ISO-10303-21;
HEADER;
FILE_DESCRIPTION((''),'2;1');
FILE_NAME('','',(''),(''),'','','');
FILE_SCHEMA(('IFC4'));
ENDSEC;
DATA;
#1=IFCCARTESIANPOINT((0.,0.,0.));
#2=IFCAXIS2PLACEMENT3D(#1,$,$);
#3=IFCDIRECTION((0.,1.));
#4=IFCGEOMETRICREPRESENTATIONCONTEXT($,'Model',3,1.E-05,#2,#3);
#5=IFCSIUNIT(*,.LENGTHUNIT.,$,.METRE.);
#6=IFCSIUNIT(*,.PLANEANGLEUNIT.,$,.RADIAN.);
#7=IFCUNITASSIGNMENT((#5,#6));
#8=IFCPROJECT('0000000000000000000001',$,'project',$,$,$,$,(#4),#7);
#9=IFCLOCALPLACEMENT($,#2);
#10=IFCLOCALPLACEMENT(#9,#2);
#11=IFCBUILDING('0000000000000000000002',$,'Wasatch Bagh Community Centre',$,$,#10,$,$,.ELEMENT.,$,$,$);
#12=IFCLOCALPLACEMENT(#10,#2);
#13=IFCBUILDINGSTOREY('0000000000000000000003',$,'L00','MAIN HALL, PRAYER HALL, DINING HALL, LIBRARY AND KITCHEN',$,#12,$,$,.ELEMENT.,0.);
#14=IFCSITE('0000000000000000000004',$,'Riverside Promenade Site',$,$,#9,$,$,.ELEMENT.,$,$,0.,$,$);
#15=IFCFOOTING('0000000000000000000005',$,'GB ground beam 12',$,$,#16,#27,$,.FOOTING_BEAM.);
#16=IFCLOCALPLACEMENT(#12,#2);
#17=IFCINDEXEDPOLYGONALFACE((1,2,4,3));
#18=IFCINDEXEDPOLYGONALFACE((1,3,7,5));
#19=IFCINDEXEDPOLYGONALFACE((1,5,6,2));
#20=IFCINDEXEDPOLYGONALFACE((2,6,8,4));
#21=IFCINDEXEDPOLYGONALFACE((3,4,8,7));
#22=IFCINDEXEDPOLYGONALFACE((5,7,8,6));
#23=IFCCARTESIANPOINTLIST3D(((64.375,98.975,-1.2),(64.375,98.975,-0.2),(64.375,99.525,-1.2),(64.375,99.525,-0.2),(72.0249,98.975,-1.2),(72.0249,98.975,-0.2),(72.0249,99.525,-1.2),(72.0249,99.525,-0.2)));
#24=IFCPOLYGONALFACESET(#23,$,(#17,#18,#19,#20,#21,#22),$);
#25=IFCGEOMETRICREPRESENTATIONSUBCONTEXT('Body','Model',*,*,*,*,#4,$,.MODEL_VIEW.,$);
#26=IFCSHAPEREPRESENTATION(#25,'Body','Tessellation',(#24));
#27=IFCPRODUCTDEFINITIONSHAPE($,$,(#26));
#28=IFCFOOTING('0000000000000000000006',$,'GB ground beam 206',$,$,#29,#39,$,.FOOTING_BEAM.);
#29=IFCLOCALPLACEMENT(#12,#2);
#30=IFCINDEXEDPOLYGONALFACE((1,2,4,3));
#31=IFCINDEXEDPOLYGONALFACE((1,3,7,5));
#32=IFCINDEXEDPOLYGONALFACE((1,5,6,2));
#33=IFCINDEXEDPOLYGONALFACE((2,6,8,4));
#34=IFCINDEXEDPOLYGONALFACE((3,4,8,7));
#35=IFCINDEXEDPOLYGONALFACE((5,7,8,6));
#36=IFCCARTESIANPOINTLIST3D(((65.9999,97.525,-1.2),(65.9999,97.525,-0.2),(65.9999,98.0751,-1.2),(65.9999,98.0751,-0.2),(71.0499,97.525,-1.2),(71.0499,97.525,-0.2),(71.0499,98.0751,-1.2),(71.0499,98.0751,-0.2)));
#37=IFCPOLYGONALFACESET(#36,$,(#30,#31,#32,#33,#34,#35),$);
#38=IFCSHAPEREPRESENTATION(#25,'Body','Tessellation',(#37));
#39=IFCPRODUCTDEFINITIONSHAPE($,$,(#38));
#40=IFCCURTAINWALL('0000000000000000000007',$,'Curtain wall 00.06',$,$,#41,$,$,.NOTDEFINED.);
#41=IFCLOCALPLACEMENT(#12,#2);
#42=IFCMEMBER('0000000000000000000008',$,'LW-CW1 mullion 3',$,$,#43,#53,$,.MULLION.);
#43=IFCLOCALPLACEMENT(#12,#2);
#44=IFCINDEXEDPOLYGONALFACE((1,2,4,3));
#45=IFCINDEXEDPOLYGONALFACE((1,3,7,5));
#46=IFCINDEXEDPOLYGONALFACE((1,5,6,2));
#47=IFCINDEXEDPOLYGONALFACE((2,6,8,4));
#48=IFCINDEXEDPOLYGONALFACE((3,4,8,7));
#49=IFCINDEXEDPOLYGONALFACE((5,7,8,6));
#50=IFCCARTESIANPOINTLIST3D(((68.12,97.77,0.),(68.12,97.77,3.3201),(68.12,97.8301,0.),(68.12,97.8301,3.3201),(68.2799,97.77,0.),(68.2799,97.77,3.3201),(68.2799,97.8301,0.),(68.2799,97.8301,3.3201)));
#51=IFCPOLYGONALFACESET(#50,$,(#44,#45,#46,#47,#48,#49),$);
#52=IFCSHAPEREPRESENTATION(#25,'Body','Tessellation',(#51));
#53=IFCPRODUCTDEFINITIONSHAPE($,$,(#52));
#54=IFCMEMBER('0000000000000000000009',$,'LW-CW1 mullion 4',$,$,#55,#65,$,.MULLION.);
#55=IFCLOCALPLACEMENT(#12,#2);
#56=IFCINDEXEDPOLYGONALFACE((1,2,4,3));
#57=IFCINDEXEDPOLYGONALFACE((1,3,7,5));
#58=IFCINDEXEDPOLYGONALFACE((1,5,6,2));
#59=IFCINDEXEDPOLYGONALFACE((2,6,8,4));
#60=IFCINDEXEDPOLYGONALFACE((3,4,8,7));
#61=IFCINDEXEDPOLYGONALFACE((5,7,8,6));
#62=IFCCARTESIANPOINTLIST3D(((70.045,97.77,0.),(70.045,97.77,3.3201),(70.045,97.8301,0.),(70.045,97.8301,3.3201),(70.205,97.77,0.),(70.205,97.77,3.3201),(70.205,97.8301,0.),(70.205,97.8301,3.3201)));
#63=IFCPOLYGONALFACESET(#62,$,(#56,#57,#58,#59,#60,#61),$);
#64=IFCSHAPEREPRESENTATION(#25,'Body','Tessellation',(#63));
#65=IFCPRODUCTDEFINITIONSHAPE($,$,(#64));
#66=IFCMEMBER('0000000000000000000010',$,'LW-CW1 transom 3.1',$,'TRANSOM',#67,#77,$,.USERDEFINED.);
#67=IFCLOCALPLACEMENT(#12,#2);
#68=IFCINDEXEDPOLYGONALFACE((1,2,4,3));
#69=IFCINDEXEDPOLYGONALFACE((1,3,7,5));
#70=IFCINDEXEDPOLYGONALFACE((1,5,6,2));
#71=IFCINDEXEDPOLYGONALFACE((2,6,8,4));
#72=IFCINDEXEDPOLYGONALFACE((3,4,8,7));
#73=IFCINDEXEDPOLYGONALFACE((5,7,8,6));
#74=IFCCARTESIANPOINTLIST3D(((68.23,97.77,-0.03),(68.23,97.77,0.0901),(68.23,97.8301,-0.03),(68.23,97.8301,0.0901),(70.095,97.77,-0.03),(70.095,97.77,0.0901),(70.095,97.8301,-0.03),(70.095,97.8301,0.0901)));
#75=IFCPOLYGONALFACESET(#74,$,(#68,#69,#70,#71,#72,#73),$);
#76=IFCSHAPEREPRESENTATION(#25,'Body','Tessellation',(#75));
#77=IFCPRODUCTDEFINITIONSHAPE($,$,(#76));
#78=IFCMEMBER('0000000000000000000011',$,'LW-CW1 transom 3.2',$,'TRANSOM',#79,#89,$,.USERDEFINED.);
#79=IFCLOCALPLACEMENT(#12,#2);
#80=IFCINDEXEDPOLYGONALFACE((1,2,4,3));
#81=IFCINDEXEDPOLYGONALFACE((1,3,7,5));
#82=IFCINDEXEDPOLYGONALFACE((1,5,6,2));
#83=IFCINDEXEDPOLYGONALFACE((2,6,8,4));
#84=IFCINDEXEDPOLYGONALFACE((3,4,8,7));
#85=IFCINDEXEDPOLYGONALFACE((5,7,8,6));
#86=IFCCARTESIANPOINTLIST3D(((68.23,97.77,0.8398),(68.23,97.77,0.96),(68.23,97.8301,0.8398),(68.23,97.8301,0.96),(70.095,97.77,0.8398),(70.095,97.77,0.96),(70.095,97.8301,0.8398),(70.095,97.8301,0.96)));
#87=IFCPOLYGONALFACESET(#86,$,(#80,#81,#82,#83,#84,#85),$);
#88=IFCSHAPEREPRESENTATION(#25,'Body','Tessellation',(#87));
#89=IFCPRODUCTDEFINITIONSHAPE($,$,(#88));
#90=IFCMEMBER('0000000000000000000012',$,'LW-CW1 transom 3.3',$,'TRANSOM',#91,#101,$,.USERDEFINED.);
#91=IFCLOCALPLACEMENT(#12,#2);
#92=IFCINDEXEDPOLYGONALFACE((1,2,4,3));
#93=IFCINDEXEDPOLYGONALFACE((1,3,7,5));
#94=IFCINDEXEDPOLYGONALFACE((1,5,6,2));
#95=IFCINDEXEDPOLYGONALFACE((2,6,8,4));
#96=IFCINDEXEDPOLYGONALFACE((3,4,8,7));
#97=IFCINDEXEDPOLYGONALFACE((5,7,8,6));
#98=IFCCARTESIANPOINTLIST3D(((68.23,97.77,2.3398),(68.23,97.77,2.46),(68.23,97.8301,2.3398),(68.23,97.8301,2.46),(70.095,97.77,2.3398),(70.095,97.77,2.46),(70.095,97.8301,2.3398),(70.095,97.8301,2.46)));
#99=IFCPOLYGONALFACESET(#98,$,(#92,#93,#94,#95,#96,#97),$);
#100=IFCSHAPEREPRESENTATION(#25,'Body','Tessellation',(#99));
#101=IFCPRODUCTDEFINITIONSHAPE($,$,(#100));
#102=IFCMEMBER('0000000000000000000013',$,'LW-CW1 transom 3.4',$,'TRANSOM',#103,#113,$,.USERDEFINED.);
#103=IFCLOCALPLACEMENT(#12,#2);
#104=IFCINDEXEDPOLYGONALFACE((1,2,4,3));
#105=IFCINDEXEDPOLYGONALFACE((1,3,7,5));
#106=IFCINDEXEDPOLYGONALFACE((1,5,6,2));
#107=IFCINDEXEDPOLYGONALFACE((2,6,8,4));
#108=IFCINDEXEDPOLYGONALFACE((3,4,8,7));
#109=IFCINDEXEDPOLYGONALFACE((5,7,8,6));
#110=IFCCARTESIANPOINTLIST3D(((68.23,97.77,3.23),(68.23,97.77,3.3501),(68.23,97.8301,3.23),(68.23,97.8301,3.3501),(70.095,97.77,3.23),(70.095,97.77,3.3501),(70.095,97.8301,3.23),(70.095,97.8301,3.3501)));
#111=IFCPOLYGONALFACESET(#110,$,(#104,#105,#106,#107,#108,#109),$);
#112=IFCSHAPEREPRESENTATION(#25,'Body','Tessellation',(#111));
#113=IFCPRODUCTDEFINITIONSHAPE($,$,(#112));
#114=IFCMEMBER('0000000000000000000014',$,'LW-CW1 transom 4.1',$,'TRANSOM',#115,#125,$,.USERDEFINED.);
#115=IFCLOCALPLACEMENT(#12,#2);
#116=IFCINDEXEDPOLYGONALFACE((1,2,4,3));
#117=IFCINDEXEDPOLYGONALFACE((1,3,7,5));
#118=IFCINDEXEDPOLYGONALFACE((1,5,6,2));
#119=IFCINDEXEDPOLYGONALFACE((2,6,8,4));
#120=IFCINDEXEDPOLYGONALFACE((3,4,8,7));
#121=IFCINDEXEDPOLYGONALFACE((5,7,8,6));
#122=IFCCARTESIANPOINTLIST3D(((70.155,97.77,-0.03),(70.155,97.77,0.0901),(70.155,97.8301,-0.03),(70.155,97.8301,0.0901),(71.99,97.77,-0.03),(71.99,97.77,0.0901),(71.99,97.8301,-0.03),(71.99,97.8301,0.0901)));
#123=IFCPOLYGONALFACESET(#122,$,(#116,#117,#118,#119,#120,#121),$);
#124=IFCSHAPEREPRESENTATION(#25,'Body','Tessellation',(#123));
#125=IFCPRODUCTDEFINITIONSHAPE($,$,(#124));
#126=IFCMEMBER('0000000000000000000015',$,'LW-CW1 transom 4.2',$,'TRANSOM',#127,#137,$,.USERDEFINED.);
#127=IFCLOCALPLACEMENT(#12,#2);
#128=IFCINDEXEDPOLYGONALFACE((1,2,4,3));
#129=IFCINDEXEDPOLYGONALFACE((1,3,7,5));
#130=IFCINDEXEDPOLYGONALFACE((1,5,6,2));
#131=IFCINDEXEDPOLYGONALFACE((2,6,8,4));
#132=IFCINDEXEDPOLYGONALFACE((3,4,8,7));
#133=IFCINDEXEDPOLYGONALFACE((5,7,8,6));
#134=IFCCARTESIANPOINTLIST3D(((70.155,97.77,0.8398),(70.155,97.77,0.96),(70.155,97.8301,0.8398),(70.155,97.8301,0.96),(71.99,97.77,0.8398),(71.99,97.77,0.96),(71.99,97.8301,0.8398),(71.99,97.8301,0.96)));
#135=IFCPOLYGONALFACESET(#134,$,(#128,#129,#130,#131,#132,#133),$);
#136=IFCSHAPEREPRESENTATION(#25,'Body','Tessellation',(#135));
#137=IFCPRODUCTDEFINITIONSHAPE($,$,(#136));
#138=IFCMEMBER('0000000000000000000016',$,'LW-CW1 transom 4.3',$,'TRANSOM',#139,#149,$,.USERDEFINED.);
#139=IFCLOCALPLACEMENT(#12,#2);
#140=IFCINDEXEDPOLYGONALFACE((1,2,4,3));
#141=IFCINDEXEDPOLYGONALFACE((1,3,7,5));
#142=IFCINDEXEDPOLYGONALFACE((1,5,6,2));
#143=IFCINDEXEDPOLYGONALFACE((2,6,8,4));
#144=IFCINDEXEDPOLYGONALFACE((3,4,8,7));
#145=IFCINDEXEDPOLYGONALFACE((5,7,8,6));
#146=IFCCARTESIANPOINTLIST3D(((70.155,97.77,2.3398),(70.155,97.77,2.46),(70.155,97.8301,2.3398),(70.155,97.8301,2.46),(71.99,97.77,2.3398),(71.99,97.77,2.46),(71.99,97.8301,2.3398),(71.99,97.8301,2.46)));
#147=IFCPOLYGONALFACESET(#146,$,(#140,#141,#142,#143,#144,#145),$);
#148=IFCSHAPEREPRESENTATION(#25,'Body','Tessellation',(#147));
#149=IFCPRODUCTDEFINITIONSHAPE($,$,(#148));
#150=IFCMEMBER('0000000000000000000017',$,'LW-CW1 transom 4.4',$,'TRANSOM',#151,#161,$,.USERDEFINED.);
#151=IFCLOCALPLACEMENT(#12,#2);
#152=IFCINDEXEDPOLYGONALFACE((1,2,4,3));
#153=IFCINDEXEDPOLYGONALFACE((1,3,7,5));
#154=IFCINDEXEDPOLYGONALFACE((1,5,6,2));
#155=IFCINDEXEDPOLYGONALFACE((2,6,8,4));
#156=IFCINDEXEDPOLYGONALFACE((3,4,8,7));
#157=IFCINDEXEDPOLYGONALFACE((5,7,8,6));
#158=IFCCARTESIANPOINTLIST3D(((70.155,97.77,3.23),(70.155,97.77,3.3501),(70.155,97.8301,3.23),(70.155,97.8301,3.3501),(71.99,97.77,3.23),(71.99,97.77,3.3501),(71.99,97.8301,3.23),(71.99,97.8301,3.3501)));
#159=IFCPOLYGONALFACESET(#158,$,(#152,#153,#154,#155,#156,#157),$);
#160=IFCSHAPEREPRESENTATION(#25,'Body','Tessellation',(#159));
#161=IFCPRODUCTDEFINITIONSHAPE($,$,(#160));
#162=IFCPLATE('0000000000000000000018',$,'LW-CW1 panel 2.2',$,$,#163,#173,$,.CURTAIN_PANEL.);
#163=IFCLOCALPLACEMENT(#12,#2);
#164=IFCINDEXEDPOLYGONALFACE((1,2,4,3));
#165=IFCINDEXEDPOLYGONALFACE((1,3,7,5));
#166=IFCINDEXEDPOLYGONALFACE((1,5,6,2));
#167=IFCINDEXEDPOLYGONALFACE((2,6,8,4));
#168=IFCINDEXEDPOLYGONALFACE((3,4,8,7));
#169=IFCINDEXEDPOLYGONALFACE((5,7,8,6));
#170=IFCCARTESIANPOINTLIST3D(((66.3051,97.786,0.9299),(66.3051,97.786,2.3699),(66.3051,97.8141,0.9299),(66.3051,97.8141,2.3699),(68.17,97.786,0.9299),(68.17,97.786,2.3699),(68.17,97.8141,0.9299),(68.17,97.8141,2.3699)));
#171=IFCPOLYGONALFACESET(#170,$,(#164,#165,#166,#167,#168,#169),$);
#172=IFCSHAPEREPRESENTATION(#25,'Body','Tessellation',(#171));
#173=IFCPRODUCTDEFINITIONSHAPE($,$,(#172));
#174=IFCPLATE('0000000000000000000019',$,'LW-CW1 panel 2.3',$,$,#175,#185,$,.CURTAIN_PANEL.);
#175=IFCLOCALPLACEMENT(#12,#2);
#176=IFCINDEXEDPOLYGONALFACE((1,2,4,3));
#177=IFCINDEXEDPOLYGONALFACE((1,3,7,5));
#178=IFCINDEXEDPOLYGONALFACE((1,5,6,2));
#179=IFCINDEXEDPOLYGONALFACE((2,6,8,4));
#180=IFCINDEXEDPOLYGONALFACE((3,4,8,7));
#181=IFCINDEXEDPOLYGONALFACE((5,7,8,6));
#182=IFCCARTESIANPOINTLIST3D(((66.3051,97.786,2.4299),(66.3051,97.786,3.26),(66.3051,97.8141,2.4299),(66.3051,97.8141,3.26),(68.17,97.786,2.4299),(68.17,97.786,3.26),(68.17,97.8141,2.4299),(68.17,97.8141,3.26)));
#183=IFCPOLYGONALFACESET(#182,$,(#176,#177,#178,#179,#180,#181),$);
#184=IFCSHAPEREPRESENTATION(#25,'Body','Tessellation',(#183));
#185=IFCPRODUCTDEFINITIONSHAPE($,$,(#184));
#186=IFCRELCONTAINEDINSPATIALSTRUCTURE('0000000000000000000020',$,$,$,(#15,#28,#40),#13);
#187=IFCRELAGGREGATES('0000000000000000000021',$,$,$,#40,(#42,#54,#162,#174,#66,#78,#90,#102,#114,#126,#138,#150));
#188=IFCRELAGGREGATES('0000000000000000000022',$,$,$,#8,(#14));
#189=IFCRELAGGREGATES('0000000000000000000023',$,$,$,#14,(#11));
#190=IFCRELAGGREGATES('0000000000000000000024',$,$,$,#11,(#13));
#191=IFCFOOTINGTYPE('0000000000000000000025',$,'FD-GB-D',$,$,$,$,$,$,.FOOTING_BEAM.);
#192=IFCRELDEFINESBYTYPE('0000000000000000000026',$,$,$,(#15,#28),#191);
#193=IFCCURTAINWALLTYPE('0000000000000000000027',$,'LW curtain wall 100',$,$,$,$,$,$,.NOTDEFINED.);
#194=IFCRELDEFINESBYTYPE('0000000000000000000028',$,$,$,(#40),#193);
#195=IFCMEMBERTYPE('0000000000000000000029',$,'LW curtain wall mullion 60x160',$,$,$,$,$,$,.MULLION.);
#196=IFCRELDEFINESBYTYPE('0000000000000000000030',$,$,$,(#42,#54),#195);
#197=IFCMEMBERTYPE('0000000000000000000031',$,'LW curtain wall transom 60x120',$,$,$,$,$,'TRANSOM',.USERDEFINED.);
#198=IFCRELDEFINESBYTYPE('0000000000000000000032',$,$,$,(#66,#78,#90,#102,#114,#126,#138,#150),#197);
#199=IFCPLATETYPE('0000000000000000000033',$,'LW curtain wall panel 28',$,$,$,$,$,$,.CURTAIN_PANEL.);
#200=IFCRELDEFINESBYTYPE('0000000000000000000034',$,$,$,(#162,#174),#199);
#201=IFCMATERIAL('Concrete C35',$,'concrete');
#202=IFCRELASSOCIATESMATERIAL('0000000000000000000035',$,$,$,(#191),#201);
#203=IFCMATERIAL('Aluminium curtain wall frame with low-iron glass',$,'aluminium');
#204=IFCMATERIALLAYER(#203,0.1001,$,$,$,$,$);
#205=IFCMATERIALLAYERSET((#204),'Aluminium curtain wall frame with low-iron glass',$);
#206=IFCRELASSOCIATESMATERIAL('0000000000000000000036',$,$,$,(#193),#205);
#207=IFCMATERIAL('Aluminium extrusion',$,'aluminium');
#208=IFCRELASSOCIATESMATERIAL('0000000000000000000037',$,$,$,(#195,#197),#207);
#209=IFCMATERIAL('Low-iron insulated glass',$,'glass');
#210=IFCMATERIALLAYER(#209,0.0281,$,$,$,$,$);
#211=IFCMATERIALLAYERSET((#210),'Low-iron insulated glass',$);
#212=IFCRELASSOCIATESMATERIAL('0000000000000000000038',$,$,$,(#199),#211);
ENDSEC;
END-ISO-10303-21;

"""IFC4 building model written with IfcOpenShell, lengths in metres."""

from ifc_helpers import new_model, si_unit, direction, frame, origin, origin_2d, place, context, subcontext, project, spatial, rectangle, extrude, material, layer, layer_set, material_profile, profile_set, type_object, element, aggregate, save


model = new_model("IFC4")

# Units and contexts
model_context = context("Model", 3, precision=1e-05, world=origin(), true_north=direction((0.0, 1.0)))
body_context = subcontext(model_context, "Body", "Model", "MODEL_VIEW")
ifc_project = project(units=[si_unit("LENGTHUNIT", "METRE"), si_unit("PLANEANGLEUNIT", "RADIAN")], contexts=[model_context])

# Site, building, storey
site_placement = place(None, origin())
site = spatial("IfcSite", under=ifc_project, at=site_placement, Name="Riverside Promenade Site", CompositionType="ELEMENT", RefElevation=0.0)
building_placement = place(site_placement, origin())
building = spatial("IfcBuilding", under=site, at=building_placement, Name="Wasatch Bagh Community Centre", CompositionType="ELEMENT")
storey_placement = place(building_placement, origin())
storey = spatial("IfcBuildingStorey", under=building, at=storey_placement, Name="L00", Description="MAIN HALL, PRAYER HALL, DINING HALL, LIBRARY AND KITCHEN", CompositionType="ELEMENT", Elevation=0.0)

# Footings
ifc_material_1 = material(Name="Concrete C35", Category="concrete")
footing_type = type_object("IfcFootingType", Name="FD-GB-D", PredefinedType="FOOTING_BEAM", material=ifc_material_1)
footing_1_placement = place(storey_placement, frame((68.2, 99.25, -1.2), z_axis=(0.0, 0.0, 1.0), x_axis=(1.0, 0.0, 0.0)))
element("IfcFooting", 1, at=footing_1_placement, inside=storey, type_object=footing_type, Name="GB ground beam 12", PredefinedType="FOOTING_BEAM", context=body_context, shape_type="SweptSolid", body=[
    extrude(rectangle(XDim=7.6499, YDim=0.55, at=origin_2d()), origin(), (0.0, 0.0, 1.0), 1.0),
])
footing_2_placement = place(storey_placement, frame((68.5249, 97.8, -1.2), z_axis=(0.0, 0.0, 1.0), x_axis=(1.0, 0.0, 0.0)))
element("IfcFooting", 2, at=footing_2_placement, inside=storey, type_object=footing_type, Name="GB ground beam 206", PredefinedType="FOOTING_BEAM", context=body_context, shape_type="SweptSolid", body=[
    extrude(rectangle(XDim=5.05, YDim=0.55, at=origin_2d()), origin(), (0.0, 0.0, 1.0), 1.0),
])

# Curtain wall, members, plates
ifc_material_2 = material(Name="Aluminium curtain wall frame with low-iron glass", Category="aluminium")
ifc_layer_1 = layer(ifc_material_2, 0.1001)
ifc_layer_set_1 = layer_set([ifc_layer_1], Name="Aluminium curtain wall frame with low-iron glass")
curtain_wall_type = type_object("IfcCurtainWallType", Name="LW curtain wall 100", PredefinedType="NOTDEFINED", material=ifc_layer_set_1)
curtain_wall_placement = place(storey_placement, origin())
curtain_wall = element("IfcCurtainWall", 3, at=curtain_wall_placement, inside=storey, type_object=curtain_wall_type, Name="Curtain wall 00.06", PredefinedType="NOTDEFINED")
ifc_material_3 = material(Name="Aluminium extrusion", Category="aluminium")
ifc_material_profile_1 = material_profile(ifc_material_3, rectangle(XDim=0.0601, YDim=0.1599, at=origin_2d()), Name="AL 60x160")
ifc_profile_set_1 = profile_set([ifc_material_profile_1], Name="Aluminium extrusion")
member_type_1 = type_object("IfcMemberType", Name="LW curtain wall mullion 60x160", PredefinedType="MULLION", material=ifc_profile_set_1)
member_1_placement = place(storey_placement, frame((68.2, 97.8, 0.0), z_axis=(0.0, 0.0, 1.0), x_axis=(0.0, 1.0, 0.0)))
member_1 = element("IfcMember", 4, at=member_1_placement, type_object=member_type_1, Name="LW-CW1 mullion 3", PredefinedType="MULLION", context=body_context, shape_type="SweptSolid", body=[
    extrude(rectangle(XDim=0.0601, YDim=0.1599, at=origin_2d()), origin(), (0.0, 0.0, 1.0), 3.3201),
])
member_2_placement = place(storey_placement, frame((70.125, 97.8, 0.0), z_axis=(0.0, 0.0, 1.0), x_axis=(0.0, 1.0, 0.0)))
member_2 = element("IfcMember", 5, at=member_2_placement, type_object=member_type_1, Name="LW-CW1 mullion 4", PredefinedType="MULLION", context=body_context, shape_type="SweptSolid", body=[
    extrude(rectangle(XDim=0.0601, YDim=0.1599, at=origin_2d()), origin(), (0.0, 0.0, 1.0), 3.3201),
])
ifc_material_profile_2 = material_profile(ifc_material_3, rectangle(XDim=0.0601, YDim=0.1201, at=origin_2d()), Name="AL 60x120")
ifc_profile_set_2 = profile_set([ifc_material_profile_2], Name="Aluminium extrusion")
member_type_2 = type_object("IfcMemberType", Name="LW curtain wall transom 60x120", ElementType="TRANSOM", PredefinedType="USERDEFINED", material=ifc_profile_set_2)
member_3_placement = place(storey_placement, frame((68.23, 97.8, 0.03), z_axis=(1.0, 0.0, 0.0), x_axis=(0.0, 1.0, 0.0)))
member_3 = element("IfcMember", 6, at=member_3_placement, type_object=member_type_2, Name="LW-CW1 transom 3.1", ObjectType="TRANSOM", PredefinedType="USERDEFINED", context=body_context, shape_type="SweptSolid", body=[
    extrude(rectangle(XDim=0.0601, YDim=0.1201, at=origin_2d()), origin(), (0.0, 0.0, 1.0), 1.865),
])
member_4_placement = place(storey_placement, frame((68.23, 97.8, 0.8999), z_axis=(1.0, 0.0, 0.0), x_axis=(0.0, 1.0, 0.0)))
member_4 = element("IfcMember", 7, at=member_4_placement, type_object=member_type_2, Name="LW-CW1 transom 3.2", ObjectType="TRANSOM", PredefinedType="USERDEFINED", context=body_context, shape_type="SweptSolid", body=[
    extrude(rectangle(XDim=0.0601, YDim=0.1201, at=origin_2d()), origin(), (0.0, 0.0, 1.0), 1.865),
])
member_5_placement = place(storey_placement, frame((68.23, 97.8, 2.3999), z_axis=(1.0, 0.0, 0.0), x_axis=(0.0, 1.0, 0.0)))
member_5 = element("IfcMember", 8, at=member_5_placement, type_object=member_type_2, Name="LW-CW1 transom 3.3", ObjectType="TRANSOM", PredefinedType="USERDEFINED", context=body_context, shape_type="SweptSolid", body=[
    extrude(rectangle(XDim=0.0601, YDim=0.1201, at=origin_2d()), origin(), (0.0, 0.0, 1.0), 1.865),
])
member_6_placement = place(storey_placement, frame((68.23, 97.8, 3.29), z_axis=(1.0, 0.0, 0.0), x_axis=(0.0, 1.0, 0.0)))
member_6 = element("IfcMember", 9, at=member_6_placement, type_object=member_type_2, Name="LW-CW1 transom 3.4", ObjectType="TRANSOM", PredefinedType="USERDEFINED", context=body_context, shape_type="SweptSolid", body=[
    extrude(rectangle(XDim=0.0601, YDim=0.1201, at=origin_2d()), origin(), (0.0, 0.0, 1.0), 1.865),
])
member_7_placement = place(storey_placement, frame((70.155, 97.8, 0.03), z_axis=(1.0, 0.0, 0.0), x_axis=(0.0, 1.0, 0.0)))
member_7 = element("IfcMember", 10, at=member_7_placement, type_object=member_type_2, Name="LW-CW1 transom 4.1", ObjectType="TRANSOM", PredefinedType="USERDEFINED", context=body_context, shape_type="SweptSolid", body=[
    extrude(rectangle(XDim=0.0601, YDim=0.1201, at=origin_2d()), origin(), (0.0, 0.0, 1.0), 1.835),
])
member_8_placement = place(storey_placement, frame((70.155, 97.8, 0.8999), z_axis=(1.0, 0.0, 0.0), x_axis=(0.0, 1.0, 0.0)))
member_8 = element("IfcMember", 11, at=member_8_placement, type_object=member_type_2, Name="LW-CW1 transom 4.2", ObjectType="TRANSOM", PredefinedType="USERDEFINED", context=body_context, shape_type="SweptSolid", body=[
    extrude(rectangle(XDim=0.0601, YDim=0.1201, at=origin_2d()), origin(), (0.0, 0.0, 1.0), 1.835),
])
member_9_placement = place(storey_placement, frame((70.155, 97.8, 2.3999), z_axis=(1.0, 0.0, 0.0), x_axis=(0.0, 1.0, 0.0)))
member_9 = element("IfcMember", 12, at=member_9_placement, type_object=member_type_2, Name="LW-CW1 transom 4.3", ObjectType="TRANSOM", PredefinedType="USERDEFINED", context=body_context, shape_type="SweptSolid", body=[
    extrude(rectangle(XDim=0.0601, YDim=0.1201, at=origin_2d()), origin(), (0.0, 0.0, 1.0), 1.835),
])
member_10_placement = place(storey_placement, frame((70.155, 97.8, 3.29), z_axis=(1.0, 0.0, 0.0), x_axis=(0.0, 1.0, 0.0)))
member_10 = element("IfcMember", 13, at=member_10_placement, type_object=member_type_2, Name="LW-CW1 transom 4.4", ObjectType="TRANSOM", PredefinedType="USERDEFINED", context=body_context, shape_type="SweptSolid", body=[
    extrude(rectangle(XDim=0.0601, YDim=0.1201, at=origin_2d()), origin(), (0.0, 0.0, 1.0), 1.835),
])
ifc_material_4 = material(Name="Low-iron insulated glass", Category="glass")
ifc_layer_2 = layer(ifc_material_4, 0.0281)
ifc_layer_set_2 = layer_set([ifc_layer_2], Name="Low-iron insulated glass")
plate_type_1 = type_object("IfcPlateType", Name="LW curtain wall panel 28", PredefinedType="CURTAIN_PANEL", material=ifc_layer_set_2)
plate_1_placement = place(storey_placement, frame((67.2375, 97.8, 0.9299), z_axis=(0.0, 0.0, 1.0), x_axis=(1.0, 0.0, 0.0)))
plate_1 = element("IfcPlate", 14, at=plate_1_placement, type_object=plate_type_1, Name="LW-CW1 panel 2.2", PredefinedType="CURTAIN_PANEL", context=body_context, shape_type="SweptSolid", body=[
    extrude(rectangle(XDim=1.865, YDim=0.0281, at=origin_2d()), origin(), (0.0, 0.0, 1.0), 1.4399),
])
plate_2_placement = place(storey_placement, frame((67.2375, 97.8, 2.4299), z_axis=(0.0, 0.0, 1.0), x_axis=(1.0, 0.0, 0.0)))
plate_2 = element("IfcPlate", 15, at=plate_2_placement, type_object=plate_type_1, Name="LW-CW1 panel 2.3", PredefinedType="CURTAIN_PANEL", context=body_context, shape_type="SweptSolid", body=[
    extrude(rectangle(XDim=1.865, YDim=0.0281, at=origin_2d()), origin(), (0.0, 0.0, 1.0), 0.8301),
])
aggregate(curtain_wall, [member_1, member_2, plate_1, plate_2, member_3, member_4, member_5, member_6, member_7, member_8, member_9, member_10])

save(model, "model.ifc")
